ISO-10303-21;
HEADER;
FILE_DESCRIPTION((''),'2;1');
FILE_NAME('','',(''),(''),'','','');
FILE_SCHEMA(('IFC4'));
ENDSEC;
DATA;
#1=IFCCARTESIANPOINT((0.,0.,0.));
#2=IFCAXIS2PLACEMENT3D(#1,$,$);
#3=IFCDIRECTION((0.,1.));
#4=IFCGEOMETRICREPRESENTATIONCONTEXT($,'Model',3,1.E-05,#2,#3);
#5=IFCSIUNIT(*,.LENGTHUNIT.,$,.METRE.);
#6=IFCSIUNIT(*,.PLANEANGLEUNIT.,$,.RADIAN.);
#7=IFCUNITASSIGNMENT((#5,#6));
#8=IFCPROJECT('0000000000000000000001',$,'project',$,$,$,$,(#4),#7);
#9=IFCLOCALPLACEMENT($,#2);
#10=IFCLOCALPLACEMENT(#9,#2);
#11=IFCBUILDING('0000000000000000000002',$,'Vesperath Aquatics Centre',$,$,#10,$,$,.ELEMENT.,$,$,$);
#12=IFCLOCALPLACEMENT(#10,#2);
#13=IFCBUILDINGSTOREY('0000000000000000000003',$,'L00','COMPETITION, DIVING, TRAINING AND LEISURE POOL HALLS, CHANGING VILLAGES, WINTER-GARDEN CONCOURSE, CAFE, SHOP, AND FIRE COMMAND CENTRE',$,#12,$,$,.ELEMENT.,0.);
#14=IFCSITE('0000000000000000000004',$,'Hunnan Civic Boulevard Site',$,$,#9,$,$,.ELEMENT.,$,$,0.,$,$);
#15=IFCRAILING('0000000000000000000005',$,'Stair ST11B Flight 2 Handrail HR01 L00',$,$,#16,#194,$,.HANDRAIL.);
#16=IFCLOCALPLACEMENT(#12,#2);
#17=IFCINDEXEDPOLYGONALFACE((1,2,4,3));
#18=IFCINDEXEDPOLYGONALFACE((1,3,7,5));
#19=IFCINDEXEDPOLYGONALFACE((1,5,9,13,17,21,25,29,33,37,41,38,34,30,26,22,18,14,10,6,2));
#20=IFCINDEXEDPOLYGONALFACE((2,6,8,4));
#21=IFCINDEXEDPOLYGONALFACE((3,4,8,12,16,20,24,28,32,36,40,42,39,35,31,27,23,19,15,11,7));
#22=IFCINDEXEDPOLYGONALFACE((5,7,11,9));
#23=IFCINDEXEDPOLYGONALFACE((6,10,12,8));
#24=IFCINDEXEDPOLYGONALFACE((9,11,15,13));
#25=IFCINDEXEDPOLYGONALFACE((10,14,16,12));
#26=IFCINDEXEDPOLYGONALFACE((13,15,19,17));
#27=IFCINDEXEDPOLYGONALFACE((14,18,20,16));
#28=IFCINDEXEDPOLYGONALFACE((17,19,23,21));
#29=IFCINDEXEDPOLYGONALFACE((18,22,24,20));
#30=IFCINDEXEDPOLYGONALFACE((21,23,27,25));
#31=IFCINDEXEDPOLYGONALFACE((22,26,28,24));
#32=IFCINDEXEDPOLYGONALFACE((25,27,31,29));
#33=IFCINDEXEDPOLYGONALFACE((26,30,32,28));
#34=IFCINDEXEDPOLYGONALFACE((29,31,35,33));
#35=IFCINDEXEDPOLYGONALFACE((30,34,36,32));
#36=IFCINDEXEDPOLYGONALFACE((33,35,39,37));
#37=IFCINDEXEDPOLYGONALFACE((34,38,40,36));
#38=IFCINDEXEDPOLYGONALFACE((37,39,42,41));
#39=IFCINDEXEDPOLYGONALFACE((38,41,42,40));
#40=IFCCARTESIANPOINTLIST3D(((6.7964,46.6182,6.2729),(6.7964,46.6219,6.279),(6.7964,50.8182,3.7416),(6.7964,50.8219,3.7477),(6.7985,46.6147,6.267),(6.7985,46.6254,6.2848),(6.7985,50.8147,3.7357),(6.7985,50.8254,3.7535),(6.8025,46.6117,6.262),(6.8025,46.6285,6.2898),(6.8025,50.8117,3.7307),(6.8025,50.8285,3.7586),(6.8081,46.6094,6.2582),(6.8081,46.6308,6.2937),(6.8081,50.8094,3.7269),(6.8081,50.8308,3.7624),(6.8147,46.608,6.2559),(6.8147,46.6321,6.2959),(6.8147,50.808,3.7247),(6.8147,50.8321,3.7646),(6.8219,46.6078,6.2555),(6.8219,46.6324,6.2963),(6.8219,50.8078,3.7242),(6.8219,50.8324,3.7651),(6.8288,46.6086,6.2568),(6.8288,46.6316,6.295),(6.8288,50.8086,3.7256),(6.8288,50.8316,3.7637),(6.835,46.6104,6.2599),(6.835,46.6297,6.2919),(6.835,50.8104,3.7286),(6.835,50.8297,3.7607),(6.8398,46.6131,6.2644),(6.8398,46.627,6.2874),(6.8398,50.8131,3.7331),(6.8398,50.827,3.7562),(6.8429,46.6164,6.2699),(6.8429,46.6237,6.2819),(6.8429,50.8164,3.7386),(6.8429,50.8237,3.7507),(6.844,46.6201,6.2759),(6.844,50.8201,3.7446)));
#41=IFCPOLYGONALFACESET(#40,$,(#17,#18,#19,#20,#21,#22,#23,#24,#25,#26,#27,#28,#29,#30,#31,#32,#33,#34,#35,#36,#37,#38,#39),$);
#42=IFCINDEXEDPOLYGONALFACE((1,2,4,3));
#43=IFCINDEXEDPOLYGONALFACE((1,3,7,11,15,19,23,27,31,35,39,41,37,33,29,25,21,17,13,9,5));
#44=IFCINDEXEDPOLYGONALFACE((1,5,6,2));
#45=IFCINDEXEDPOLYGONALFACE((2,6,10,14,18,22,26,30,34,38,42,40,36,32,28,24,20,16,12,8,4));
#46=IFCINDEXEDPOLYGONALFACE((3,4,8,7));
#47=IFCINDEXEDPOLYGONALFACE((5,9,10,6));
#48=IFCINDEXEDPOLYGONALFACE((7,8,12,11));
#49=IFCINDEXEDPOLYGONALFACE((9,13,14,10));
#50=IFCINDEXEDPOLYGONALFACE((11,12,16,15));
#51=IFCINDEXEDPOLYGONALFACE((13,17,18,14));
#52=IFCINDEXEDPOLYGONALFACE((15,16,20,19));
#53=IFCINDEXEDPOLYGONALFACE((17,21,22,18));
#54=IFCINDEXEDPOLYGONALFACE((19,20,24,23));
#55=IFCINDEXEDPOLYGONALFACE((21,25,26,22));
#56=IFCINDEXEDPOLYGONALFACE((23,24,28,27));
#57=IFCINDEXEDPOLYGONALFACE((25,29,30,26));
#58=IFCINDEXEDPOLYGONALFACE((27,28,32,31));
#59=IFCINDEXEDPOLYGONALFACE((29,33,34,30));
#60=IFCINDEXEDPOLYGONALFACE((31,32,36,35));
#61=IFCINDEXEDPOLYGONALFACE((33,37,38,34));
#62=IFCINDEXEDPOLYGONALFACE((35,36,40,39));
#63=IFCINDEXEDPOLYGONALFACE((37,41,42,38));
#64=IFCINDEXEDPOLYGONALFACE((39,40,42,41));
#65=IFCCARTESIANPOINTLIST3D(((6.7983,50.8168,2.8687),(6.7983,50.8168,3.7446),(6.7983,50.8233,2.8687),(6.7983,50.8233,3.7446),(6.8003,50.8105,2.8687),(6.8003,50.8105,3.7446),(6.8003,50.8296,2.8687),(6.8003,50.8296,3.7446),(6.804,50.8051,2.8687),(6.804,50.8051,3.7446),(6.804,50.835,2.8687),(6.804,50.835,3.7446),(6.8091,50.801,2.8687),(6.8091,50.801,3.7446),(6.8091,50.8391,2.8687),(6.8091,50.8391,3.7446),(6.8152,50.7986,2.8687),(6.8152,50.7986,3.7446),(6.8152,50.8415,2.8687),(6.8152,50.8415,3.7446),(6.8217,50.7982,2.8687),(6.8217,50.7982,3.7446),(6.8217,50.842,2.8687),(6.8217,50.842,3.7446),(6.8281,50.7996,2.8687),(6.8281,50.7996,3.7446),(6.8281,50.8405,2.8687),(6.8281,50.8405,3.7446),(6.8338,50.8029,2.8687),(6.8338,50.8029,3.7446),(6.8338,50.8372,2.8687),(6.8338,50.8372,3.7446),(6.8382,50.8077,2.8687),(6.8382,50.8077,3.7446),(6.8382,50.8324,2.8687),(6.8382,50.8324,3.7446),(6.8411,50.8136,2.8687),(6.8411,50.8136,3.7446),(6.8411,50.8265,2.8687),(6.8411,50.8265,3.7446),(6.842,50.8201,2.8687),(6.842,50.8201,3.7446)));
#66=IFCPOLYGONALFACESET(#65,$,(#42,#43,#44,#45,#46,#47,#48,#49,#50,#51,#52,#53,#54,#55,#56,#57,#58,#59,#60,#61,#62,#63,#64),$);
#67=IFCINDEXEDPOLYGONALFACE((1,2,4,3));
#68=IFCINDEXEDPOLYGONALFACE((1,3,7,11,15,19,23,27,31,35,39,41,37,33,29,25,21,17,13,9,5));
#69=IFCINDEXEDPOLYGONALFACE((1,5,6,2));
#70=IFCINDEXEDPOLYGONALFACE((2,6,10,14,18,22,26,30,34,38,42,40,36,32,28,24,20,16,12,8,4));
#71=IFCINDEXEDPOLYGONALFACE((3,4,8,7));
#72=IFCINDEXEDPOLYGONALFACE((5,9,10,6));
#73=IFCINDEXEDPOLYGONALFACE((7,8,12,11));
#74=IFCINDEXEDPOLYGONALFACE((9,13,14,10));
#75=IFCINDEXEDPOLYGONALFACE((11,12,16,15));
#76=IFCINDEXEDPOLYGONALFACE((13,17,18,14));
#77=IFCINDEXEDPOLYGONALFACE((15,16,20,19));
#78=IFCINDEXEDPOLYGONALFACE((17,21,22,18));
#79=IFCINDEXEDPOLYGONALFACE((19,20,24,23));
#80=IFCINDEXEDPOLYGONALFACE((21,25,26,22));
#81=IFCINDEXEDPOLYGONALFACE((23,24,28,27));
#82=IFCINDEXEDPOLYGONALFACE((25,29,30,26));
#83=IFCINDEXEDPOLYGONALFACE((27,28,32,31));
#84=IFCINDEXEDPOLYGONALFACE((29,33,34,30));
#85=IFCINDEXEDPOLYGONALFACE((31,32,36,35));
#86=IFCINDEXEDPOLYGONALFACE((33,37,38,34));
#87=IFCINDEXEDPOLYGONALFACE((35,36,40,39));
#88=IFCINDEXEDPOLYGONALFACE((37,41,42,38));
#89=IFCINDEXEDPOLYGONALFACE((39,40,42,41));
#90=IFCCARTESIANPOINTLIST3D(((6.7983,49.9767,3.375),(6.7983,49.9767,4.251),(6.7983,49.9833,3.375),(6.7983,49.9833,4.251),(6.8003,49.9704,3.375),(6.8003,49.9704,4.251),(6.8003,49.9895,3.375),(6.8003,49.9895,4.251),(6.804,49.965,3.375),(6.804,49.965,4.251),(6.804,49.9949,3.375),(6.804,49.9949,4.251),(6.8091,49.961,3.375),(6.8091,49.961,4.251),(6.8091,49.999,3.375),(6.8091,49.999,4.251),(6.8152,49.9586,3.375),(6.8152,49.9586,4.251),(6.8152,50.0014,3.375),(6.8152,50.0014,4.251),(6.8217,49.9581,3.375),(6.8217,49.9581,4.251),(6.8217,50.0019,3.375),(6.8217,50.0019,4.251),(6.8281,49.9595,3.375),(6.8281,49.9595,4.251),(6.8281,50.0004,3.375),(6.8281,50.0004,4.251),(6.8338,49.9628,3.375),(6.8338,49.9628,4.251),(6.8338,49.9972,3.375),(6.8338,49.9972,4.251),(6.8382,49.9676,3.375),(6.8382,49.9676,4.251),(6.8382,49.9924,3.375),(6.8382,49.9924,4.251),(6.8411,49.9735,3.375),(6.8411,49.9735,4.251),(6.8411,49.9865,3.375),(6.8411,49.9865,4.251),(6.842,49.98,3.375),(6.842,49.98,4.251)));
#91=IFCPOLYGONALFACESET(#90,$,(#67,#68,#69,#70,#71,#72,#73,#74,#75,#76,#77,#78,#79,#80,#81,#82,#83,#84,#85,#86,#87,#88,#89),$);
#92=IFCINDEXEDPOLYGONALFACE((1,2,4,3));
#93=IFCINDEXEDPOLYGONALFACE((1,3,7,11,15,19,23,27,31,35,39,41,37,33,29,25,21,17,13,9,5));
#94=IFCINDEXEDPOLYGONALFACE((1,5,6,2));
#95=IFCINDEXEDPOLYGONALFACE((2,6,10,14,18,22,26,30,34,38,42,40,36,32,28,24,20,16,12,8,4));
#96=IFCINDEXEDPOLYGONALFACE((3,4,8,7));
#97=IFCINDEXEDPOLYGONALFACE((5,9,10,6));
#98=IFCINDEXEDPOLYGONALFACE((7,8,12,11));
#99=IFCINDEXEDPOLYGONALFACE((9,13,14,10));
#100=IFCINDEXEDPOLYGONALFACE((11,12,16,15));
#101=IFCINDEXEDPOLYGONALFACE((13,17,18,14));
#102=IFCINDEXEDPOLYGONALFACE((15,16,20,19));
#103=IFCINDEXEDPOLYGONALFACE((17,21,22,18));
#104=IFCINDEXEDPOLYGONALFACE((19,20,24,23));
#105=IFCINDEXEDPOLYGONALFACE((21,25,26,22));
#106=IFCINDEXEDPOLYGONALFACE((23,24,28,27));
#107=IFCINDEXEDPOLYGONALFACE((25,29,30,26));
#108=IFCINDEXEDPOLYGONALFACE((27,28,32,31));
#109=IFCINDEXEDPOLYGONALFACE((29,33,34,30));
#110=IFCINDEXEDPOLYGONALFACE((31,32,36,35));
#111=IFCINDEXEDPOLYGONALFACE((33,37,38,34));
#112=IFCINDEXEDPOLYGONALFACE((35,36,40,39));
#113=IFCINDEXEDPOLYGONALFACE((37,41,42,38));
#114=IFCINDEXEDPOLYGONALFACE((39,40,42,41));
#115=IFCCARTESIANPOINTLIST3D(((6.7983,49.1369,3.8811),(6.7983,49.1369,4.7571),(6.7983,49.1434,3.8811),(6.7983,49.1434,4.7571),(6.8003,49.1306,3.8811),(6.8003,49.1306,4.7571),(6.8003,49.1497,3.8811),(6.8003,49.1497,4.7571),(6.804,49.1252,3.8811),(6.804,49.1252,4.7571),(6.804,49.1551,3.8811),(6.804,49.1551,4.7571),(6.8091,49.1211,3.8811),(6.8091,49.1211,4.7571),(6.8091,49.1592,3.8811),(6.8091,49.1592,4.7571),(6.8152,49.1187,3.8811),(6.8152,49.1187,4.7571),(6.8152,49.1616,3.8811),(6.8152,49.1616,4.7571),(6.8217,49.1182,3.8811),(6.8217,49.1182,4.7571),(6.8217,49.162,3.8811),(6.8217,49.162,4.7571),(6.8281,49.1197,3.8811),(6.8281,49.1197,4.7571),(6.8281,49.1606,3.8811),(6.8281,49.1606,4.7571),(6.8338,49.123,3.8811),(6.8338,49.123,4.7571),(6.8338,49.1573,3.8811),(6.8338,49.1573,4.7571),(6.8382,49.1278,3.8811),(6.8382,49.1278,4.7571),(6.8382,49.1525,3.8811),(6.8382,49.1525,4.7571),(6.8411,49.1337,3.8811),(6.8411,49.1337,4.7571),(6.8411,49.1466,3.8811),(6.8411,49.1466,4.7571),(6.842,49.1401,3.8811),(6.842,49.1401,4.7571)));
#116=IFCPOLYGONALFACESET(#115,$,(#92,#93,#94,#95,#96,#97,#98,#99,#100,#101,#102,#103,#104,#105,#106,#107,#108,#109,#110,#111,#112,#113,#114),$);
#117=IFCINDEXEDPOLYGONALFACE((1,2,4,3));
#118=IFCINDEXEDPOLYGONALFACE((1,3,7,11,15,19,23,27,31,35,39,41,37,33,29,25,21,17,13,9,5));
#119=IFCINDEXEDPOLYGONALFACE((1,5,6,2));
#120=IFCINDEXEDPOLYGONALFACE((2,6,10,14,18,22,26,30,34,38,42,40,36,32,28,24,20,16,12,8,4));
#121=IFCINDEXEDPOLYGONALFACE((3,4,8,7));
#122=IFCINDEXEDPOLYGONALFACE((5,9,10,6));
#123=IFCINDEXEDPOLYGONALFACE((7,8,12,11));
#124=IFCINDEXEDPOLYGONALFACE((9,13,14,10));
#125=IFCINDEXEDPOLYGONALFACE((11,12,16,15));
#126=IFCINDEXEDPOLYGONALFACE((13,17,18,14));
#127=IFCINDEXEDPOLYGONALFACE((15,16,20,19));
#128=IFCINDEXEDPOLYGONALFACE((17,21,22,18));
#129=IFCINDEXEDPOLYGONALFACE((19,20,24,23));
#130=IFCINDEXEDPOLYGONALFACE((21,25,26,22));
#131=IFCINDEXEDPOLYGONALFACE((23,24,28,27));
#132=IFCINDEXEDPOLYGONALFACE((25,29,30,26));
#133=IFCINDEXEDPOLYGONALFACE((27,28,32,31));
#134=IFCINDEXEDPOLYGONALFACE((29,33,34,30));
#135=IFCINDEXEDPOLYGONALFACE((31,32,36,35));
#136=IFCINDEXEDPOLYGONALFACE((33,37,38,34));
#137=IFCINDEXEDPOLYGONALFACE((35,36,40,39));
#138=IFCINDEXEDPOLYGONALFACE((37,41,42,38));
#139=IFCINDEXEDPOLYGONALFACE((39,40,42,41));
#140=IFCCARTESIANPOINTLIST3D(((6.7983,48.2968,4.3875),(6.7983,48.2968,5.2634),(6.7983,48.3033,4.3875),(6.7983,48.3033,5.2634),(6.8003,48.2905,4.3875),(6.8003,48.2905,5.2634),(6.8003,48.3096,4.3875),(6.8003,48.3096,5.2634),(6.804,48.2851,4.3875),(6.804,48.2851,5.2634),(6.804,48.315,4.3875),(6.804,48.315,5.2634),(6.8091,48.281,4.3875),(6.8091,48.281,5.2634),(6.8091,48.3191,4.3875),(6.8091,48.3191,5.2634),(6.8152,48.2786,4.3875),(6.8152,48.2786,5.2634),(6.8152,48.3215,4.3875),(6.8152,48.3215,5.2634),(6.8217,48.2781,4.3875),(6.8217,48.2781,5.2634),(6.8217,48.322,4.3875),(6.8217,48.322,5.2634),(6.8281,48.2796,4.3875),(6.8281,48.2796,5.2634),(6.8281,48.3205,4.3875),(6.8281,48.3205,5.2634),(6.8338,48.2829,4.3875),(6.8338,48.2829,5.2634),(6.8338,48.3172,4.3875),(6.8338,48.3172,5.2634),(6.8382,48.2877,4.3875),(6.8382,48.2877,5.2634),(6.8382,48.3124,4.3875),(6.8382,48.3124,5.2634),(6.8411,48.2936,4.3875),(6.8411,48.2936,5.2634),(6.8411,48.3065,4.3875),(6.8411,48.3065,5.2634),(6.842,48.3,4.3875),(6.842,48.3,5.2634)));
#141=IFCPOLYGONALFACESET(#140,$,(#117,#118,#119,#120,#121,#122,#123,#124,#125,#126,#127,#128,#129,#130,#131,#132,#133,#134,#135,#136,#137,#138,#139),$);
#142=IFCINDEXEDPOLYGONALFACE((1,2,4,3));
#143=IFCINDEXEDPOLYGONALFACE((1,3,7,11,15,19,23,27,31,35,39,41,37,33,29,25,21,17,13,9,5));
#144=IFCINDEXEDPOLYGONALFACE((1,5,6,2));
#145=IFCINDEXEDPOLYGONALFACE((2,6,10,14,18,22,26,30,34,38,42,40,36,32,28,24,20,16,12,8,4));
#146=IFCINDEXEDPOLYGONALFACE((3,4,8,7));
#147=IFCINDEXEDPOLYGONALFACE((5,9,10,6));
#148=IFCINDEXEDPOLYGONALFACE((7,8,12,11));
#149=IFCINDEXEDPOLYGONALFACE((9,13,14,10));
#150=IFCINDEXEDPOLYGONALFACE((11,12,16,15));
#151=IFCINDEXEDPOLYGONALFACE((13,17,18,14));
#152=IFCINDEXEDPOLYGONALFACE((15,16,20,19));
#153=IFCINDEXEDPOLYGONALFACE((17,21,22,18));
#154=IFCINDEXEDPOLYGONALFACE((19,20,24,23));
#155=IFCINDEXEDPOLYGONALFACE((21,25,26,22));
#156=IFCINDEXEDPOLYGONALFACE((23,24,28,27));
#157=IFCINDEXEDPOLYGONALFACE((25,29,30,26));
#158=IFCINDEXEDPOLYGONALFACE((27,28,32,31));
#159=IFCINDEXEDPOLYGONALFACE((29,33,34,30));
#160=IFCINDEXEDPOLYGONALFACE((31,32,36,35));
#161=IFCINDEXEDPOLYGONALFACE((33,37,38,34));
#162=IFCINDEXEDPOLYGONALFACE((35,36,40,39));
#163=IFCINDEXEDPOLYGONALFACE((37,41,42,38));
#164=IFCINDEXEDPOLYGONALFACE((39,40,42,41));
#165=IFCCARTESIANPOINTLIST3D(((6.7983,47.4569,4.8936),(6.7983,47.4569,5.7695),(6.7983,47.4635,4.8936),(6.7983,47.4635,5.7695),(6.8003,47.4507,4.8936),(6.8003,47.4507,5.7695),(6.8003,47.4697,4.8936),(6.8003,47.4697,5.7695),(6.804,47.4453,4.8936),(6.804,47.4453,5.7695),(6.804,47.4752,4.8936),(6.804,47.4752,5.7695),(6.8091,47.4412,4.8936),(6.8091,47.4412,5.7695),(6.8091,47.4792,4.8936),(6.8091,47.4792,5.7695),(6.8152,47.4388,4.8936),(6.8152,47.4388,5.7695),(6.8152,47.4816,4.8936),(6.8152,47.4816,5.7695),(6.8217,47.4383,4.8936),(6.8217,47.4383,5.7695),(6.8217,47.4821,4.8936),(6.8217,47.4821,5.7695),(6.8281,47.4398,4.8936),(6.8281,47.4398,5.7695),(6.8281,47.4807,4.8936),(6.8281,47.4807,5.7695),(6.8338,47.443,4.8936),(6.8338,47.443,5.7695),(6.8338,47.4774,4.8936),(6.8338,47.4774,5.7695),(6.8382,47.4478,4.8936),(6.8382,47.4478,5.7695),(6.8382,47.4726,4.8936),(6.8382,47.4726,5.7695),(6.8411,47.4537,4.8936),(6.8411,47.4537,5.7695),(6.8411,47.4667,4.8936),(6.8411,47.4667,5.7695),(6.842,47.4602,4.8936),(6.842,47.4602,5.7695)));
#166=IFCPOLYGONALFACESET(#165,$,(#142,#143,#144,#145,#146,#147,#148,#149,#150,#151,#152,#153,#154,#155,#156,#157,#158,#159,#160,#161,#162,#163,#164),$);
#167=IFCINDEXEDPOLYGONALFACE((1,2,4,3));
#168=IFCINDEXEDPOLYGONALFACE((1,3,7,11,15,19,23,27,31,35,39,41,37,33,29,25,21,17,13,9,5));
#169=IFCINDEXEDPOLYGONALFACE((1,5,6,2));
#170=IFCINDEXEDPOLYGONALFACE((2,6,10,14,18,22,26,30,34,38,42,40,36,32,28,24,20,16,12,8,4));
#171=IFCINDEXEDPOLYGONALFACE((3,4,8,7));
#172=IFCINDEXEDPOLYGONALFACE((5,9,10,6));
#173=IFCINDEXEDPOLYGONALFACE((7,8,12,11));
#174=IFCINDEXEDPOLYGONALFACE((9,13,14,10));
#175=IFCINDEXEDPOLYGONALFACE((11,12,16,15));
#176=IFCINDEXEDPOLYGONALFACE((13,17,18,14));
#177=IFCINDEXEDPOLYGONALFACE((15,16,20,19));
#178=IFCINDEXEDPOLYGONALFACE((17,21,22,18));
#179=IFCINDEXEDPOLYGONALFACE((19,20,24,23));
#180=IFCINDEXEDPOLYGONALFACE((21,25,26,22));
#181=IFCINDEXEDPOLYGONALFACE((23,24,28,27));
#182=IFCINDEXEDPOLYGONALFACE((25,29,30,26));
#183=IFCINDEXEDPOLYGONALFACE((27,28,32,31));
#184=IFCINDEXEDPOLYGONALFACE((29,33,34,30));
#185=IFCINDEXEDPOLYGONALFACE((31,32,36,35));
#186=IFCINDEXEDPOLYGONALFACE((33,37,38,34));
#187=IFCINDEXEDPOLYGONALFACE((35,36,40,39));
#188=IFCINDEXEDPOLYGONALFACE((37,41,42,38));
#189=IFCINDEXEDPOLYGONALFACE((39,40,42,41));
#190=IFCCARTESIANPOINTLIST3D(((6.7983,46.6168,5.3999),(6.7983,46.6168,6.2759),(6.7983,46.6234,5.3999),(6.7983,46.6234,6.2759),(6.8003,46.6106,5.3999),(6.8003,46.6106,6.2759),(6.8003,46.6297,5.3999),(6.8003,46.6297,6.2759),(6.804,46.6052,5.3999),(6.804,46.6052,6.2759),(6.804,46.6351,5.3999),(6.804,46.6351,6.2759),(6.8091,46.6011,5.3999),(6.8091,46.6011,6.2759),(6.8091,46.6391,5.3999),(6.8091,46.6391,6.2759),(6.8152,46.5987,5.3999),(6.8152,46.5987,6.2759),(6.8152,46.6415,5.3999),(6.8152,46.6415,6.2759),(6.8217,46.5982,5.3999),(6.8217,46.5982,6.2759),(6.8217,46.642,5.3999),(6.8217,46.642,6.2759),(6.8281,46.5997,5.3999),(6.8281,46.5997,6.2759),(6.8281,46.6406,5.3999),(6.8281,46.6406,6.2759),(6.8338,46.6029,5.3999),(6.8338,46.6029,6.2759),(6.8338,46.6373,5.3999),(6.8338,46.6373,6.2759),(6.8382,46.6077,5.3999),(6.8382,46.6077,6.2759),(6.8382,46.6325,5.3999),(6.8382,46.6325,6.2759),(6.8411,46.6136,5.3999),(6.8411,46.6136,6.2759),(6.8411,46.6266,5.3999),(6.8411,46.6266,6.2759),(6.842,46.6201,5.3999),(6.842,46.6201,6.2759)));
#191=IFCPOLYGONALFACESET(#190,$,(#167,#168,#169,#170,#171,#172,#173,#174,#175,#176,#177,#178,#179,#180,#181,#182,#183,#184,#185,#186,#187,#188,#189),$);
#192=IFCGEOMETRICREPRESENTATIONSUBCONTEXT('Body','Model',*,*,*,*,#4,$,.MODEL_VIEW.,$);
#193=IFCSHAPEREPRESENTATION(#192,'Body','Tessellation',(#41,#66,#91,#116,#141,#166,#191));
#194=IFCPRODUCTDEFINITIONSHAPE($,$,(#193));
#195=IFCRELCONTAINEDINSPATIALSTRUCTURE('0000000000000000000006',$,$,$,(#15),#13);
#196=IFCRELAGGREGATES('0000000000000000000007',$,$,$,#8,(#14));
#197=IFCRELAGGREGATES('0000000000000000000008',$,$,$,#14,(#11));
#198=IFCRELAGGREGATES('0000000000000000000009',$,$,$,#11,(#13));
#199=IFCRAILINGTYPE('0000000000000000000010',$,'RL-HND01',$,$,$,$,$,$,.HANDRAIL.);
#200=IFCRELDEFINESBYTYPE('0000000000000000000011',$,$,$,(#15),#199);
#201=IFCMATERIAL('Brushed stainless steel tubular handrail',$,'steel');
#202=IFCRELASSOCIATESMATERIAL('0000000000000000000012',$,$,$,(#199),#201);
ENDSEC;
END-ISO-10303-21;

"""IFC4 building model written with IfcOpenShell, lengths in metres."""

from ifc_helpers import new_model, si_unit, direction, frame, origin, origin_2d, place, context, subcontext, project, spatial, circle, extrude, material, type_object, element, save


model = new_model("IFC4")

# Units and contexts
model_context = context("Model", 3, precision=1e-05, world=origin(), true_north=direction((0.0, 1.0)))
body_context = subcontext(model_context, "Body", "Model", "MODEL_VIEW")
ifc_project = project(units=[si_unit("LENGTHUNIT", "METRE"), si_unit("PLANEANGLEUNIT", "RADIAN")], contexts=[model_context])

# Site, building, storey
site_placement = place(None, origin())
site = spatial("IfcSite", under=ifc_project, at=site_placement, Name="Hunnan Civic Boulevard Site", CompositionType="ELEMENT", RefElevation=0.0)
building_placement = place(site_placement, origin())
building = spatial("IfcBuilding", under=site, at=building_placement, Name="Vesperath Aquatics Centre", CompositionType="ELEMENT")
storey_placement = place(building_placement, origin())
storey = spatial("IfcBuildingStorey", under=building, at=storey_placement, Name="L00", Description="COMPETITION, DIVING, TRAINING AND LEISURE POOL HALLS, CHANGING VILLAGES, WINTER-GARDEN CONCOURSE, CAFE, SHOP, AND FIRE COMMAND CENTRE", CompositionType="ELEMENT", Elevation=0.0)

# Railing
ifc_material_1 = material(Name="Brushed stainless steel tubular handrail", Category="steel")
railing_type_1 = type_object("IfcRailingType", Name="RL-HND01", PredefinedType="HANDRAIL", material=ifc_material_1)
railing_1_placement = place(storey_placement, frame((6.8201, 50.8201, 2.8687)))
element("IfcRailing", 1, at=railing_1_placement, inside=storey, type_object=railing_type_1, Name="Stair ST11B Flight 2 Handrail HR01 L00", PredefinedType="HANDRAIL", context=body_context, shape_type="SweptSolid", body=[
    extrude(circle(Radius=0.0239, at=origin_2d()), frame((0.0, 0.0, 0.876), z_axis=(0.0, -0.856476, 0.516186), x_axis=(1.0, 0.0, 0.0)), (0.0, 0.0, 1.0), 4.9038),
    extrude(circle(Radius=0.022, at=origin_2d()), origin(), (0.0, 0.0, 1.0), 0.876),
    extrude(circle(Radius=0.022, at=origin_2d()), frame((0.0, -0.8401, 0.5063)), (0.0, 0.0, 1.0), 0.876),
    extrude(circle(Radius=0.022, at=origin_2d()), frame((0.0, -1.6799, 1.0125)), (0.0, 0.0, 1.0), 0.876),
    extrude(circle(Radius=0.022, at=origin_2d()), frame((0.0, -2.52, 1.5188)), (0.0, 0.0, 1.0), 0.876),
    extrude(circle(Radius=0.022, at=origin_2d()), frame((0.0, -3.3599, 2.0249)), (0.0, 0.0, 1.0), 0.876),
    extrude(circle(Radius=0.022, at=origin_2d()), frame((0.0, -4.2, 2.5312)), (0.0, 0.0, 1.0), 0.876),
])

save(model, "model.ifc")
